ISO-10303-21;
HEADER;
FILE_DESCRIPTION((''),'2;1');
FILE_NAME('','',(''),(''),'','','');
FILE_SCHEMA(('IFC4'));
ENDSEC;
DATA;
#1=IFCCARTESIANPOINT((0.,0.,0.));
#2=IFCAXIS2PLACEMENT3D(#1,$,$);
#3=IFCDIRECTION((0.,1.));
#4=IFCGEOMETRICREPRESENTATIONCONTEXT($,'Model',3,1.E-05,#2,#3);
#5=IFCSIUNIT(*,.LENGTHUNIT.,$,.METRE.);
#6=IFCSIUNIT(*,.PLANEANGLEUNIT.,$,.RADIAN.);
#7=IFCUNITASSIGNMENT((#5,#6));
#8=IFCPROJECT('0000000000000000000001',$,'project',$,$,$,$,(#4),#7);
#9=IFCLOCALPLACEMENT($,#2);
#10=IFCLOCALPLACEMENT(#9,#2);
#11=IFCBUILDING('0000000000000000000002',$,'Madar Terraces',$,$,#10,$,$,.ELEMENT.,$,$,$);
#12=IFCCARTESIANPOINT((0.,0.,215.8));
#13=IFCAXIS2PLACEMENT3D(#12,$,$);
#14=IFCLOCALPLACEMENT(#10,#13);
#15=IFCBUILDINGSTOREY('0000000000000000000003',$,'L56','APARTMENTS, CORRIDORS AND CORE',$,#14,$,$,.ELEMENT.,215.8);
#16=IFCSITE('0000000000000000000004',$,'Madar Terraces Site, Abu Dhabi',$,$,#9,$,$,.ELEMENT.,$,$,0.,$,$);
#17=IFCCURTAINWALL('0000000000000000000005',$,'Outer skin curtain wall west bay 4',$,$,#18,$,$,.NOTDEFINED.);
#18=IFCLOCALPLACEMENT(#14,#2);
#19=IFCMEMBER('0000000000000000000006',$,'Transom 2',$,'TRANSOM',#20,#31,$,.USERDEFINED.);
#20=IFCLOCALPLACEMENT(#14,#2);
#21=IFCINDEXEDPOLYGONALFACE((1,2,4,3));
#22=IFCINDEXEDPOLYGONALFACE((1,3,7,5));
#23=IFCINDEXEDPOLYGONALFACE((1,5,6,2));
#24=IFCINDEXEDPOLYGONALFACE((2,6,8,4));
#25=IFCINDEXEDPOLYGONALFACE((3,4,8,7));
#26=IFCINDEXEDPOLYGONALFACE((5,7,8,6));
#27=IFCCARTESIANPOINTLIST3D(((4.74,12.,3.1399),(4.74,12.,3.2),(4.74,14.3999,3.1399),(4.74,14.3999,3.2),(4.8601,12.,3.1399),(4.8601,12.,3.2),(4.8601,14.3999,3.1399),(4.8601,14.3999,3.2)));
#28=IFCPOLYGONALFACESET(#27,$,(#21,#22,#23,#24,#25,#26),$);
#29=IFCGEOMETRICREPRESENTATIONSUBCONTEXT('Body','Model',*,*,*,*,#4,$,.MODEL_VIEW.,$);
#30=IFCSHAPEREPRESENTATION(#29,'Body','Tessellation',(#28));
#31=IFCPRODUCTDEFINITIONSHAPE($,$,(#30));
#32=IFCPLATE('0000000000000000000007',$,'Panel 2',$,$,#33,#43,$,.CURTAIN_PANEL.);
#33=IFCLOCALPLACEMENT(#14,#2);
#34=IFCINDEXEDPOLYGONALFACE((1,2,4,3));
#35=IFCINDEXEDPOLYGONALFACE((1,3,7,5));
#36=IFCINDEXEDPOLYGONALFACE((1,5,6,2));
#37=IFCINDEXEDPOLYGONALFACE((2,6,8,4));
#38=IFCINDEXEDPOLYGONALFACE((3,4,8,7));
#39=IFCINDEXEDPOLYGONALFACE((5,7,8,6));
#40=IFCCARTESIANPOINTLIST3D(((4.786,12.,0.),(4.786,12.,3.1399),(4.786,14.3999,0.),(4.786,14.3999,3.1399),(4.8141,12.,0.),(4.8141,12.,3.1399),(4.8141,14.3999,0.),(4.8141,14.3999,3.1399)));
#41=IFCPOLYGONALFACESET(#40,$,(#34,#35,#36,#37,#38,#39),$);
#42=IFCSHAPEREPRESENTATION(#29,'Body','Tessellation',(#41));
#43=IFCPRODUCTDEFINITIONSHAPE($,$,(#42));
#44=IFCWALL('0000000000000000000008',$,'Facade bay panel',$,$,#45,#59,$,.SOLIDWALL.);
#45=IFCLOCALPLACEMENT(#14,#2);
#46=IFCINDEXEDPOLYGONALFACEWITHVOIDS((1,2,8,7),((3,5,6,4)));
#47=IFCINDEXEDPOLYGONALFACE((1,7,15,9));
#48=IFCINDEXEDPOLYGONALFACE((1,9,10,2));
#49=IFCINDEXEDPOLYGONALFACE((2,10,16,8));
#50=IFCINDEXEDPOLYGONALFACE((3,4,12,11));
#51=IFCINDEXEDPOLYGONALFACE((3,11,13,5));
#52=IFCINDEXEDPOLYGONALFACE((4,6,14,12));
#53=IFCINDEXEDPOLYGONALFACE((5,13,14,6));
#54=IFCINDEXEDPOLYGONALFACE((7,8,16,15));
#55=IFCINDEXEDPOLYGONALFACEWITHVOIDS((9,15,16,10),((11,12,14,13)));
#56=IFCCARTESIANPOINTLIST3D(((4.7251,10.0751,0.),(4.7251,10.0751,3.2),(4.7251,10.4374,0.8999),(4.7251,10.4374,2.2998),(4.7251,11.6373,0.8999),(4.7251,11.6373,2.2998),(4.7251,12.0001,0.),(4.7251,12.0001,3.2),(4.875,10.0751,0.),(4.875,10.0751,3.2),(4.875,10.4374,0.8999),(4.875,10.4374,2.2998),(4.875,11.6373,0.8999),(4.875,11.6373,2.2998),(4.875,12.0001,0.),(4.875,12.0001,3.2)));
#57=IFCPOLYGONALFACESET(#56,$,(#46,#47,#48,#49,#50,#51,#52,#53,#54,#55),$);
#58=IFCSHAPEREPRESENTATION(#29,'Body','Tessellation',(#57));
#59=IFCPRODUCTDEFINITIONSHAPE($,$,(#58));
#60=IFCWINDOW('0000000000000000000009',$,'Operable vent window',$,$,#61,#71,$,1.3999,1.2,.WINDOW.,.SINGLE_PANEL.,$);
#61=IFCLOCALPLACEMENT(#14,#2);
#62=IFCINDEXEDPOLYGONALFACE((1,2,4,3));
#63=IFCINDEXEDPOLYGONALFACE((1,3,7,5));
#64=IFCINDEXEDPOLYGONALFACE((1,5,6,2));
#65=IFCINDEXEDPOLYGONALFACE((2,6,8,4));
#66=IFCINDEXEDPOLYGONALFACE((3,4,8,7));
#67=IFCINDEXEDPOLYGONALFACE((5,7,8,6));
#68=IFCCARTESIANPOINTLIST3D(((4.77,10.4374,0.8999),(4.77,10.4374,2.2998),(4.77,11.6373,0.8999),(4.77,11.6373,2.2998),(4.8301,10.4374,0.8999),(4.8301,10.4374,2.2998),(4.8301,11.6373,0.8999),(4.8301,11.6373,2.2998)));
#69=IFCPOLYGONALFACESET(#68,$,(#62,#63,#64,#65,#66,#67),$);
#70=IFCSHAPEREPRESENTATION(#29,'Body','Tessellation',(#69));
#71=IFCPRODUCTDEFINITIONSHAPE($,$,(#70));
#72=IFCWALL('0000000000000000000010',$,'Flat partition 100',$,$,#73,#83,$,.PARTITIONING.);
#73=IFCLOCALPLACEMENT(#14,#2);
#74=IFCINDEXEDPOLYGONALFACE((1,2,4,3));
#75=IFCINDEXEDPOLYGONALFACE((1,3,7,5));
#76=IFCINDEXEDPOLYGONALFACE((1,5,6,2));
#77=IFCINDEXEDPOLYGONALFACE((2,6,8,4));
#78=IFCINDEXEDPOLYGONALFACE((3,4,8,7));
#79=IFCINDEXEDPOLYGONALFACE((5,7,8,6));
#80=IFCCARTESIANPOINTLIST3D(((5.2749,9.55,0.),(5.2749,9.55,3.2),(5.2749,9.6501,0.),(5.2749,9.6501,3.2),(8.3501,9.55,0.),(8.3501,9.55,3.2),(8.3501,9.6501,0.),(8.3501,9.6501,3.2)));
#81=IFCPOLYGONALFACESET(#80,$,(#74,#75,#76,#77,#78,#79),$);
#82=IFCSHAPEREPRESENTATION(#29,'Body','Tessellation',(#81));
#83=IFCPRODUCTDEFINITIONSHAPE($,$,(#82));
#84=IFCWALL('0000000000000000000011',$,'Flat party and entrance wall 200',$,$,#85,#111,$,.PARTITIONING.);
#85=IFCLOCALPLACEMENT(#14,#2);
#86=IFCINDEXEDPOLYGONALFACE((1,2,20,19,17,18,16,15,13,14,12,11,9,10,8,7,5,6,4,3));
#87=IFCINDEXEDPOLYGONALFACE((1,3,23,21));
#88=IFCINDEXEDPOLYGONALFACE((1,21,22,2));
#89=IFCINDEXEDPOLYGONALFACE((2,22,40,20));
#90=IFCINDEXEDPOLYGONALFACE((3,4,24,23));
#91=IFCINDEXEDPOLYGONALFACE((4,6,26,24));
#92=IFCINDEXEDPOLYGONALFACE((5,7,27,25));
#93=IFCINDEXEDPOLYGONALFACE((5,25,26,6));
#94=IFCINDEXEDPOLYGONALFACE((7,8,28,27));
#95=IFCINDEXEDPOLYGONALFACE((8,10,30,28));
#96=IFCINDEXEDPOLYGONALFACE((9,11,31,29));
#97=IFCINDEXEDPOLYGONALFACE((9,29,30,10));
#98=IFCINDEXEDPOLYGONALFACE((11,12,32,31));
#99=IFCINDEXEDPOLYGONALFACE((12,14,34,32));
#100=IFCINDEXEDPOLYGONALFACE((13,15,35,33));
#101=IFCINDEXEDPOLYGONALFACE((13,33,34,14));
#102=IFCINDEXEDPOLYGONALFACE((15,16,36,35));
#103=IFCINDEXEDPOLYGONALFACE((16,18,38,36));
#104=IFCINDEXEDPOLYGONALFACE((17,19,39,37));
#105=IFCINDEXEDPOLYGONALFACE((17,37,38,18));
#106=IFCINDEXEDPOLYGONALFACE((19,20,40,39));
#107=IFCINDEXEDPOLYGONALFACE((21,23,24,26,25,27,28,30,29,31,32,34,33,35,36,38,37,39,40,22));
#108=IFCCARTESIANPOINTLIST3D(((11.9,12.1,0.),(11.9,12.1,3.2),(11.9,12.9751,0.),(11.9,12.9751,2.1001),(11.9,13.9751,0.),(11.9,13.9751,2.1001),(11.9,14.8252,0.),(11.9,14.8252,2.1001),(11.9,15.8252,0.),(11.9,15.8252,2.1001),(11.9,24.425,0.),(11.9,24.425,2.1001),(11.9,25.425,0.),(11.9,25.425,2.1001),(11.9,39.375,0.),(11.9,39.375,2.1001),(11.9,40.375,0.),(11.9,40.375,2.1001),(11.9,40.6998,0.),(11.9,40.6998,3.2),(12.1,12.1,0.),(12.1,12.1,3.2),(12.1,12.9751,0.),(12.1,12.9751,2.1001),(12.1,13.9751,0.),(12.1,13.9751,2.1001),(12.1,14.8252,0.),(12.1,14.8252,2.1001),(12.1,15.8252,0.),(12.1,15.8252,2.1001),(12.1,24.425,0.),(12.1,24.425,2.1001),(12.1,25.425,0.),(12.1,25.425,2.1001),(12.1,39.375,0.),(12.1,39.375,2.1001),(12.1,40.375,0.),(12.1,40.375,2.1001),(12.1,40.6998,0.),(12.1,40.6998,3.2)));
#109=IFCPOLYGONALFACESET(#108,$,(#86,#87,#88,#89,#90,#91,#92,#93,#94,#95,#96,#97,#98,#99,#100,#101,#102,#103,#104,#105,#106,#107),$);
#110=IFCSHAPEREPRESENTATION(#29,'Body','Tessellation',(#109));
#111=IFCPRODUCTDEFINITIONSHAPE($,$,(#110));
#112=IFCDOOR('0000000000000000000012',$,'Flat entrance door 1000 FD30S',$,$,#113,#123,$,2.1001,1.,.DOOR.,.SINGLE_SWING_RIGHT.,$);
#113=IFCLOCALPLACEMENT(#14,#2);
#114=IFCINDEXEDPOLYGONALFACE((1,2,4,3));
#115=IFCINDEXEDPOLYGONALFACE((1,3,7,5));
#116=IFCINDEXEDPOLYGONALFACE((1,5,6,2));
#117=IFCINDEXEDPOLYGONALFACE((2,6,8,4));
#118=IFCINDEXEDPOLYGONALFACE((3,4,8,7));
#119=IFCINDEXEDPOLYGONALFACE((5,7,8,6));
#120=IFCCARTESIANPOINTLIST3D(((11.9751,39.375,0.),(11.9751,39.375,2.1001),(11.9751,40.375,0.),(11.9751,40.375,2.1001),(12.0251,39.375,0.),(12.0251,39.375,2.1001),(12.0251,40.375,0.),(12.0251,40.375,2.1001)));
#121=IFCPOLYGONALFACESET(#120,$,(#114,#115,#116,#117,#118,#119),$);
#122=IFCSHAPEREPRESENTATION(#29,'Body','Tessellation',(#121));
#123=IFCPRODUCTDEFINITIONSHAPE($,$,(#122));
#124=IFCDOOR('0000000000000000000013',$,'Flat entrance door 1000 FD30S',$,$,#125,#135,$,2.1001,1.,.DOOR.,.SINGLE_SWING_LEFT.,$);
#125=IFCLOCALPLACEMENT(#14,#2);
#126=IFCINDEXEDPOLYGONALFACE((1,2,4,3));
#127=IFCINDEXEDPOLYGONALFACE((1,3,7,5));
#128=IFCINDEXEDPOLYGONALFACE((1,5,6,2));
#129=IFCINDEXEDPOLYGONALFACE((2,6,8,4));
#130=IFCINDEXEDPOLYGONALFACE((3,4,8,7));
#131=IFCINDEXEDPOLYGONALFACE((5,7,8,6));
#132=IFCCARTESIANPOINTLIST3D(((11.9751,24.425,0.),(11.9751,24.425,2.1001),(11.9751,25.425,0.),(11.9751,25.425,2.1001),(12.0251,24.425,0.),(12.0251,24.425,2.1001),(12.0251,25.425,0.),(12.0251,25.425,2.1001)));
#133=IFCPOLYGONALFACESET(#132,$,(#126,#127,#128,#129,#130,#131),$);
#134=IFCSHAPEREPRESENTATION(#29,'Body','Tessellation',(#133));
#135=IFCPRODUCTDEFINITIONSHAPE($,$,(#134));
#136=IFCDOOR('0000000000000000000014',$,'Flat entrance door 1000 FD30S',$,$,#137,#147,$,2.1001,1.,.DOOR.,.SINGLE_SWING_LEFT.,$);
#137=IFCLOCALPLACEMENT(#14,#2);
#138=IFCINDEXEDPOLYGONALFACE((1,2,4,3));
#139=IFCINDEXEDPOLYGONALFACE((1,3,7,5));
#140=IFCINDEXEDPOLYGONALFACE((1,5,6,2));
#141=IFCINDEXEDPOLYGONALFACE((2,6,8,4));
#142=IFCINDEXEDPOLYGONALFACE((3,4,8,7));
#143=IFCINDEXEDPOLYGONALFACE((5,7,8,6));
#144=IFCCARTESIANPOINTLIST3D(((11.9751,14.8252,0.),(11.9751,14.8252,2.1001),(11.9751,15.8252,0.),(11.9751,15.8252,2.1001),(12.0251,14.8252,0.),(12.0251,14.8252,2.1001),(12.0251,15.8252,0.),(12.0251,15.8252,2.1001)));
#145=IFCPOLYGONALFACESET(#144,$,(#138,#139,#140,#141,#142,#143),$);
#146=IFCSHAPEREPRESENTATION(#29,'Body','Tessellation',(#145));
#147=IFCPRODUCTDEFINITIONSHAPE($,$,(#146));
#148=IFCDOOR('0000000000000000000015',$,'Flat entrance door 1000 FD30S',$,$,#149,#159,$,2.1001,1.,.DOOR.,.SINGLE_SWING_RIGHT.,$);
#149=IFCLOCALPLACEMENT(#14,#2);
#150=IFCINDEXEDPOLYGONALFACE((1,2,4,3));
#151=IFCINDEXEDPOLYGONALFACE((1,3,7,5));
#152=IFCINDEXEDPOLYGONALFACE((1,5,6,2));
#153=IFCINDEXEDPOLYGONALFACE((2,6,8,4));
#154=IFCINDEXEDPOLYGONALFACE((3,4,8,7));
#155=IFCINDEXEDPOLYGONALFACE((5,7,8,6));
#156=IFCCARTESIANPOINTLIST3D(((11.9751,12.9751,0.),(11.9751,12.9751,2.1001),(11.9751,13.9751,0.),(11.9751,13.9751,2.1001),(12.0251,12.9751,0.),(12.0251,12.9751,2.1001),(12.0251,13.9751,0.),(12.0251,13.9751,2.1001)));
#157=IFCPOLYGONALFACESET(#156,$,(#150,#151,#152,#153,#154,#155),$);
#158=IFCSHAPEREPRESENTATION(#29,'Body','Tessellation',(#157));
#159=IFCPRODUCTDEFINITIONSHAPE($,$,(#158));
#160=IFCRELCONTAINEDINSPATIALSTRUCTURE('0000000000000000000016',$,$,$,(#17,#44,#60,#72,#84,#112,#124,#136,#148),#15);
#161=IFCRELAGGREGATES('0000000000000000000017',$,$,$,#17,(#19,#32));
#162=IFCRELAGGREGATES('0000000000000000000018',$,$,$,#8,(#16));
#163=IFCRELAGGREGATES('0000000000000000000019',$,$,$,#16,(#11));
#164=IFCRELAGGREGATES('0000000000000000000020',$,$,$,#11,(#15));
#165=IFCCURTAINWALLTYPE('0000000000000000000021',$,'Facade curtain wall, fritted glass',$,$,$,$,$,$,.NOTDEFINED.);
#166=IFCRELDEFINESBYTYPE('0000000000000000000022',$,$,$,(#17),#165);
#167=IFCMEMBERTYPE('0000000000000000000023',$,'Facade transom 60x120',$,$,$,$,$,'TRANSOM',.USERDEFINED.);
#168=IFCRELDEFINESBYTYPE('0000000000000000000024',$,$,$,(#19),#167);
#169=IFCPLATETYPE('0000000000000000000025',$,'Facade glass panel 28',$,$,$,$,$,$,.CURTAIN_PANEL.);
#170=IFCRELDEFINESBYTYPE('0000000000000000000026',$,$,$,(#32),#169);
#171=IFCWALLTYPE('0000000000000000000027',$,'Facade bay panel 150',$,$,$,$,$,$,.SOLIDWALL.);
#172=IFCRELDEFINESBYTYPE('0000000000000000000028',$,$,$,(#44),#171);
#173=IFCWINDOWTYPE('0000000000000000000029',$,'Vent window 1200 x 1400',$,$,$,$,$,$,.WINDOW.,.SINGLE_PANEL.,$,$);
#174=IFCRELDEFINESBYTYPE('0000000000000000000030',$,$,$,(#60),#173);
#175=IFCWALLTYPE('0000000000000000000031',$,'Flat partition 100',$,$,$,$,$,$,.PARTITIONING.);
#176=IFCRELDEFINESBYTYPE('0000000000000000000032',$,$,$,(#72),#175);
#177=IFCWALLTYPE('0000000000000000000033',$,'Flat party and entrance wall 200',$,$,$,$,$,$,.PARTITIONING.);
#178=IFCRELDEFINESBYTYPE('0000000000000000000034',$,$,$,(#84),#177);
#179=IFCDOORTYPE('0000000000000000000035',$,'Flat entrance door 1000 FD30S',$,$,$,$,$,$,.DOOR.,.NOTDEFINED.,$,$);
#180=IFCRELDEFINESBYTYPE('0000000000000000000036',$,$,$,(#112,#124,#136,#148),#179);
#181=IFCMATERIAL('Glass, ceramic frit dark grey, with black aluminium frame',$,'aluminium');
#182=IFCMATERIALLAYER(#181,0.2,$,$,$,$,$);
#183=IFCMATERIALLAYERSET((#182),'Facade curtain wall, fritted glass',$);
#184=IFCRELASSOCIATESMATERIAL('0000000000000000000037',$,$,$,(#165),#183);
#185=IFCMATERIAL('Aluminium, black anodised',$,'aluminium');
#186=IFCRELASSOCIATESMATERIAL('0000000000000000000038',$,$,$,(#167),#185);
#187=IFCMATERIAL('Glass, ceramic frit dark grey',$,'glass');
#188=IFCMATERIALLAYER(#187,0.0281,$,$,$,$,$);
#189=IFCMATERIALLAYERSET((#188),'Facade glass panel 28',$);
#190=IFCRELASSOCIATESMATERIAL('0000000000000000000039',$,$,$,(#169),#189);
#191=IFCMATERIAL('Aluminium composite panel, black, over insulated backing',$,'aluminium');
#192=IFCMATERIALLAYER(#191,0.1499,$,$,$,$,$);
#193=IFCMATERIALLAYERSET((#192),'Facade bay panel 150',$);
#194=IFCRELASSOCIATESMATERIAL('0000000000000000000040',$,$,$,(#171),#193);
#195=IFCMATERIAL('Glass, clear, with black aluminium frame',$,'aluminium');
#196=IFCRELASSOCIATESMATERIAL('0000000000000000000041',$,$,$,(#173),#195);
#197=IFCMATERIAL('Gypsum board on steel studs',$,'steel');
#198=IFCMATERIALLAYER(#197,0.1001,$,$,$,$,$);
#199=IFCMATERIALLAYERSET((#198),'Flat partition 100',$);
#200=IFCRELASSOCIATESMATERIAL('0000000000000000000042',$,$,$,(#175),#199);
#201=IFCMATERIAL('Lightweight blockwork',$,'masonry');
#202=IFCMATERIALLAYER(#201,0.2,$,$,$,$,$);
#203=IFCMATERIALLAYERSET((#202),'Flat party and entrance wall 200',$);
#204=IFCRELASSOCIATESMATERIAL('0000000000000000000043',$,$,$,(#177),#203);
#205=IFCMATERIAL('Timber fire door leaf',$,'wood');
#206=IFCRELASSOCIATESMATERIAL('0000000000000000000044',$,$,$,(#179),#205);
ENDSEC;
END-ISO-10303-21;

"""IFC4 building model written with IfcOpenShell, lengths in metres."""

from ifc_helpers import new_model, si_unit, direction, frame, frame_2d, origin, origin_2d, place, context, subcontext, project, spatial, rectangle, extrude, material, layer, layer_set, material_profile, profile_set, type_object, element, fill, aggregate, save


model = new_model("IFC4")

# Units and contexts
model_context = context("Model", 3, precision=1e-05, world=origin(), true_north=direction((0.0, 1.0)))
body_context = subcontext(model_context, "Body", "Model", "MODEL_VIEW")
ifc_project = project(units=[si_unit("LENGTHUNIT", "METRE"), si_unit("PLANEANGLEUNIT", "RADIAN")], contexts=[model_context])

# Site, building, storey
site_placement = place(None, origin())
site = spatial("IfcSite", under=ifc_project, at=site_placement, Name="Madar Terraces Site, Abu Dhabi", CompositionType="ELEMENT", RefElevation=0.0)
building_placement = place(site_placement, origin())
building = spatial("IfcBuilding", under=site, at=building_placement, Name="Madar Terraces", CompositionType="ELEMENT")
storey_placement = place(building_placement, frame((0.0, 0.0, 215.8)))
storey = spatial("IfcBuildingStorey", under=building, at=storey_placement, Name="L56", Description="APARTMENTS, CORRIDORS AND CORE", CompositionType="ELEMENT", Elevation=215.8)

# Curtain wall, member, plate
ifc_material_1 = material(Name="Glass, ceramic frit dark grey, with black aluminium frame", Category="aluminium")
ifc_layer_1 = layer(ifc_material_1, 0.2)
ifc_layer_set_1 = layer_set([ifc_layer_1], Name="Facade curtain wall, fritted glass")
curtain_wall_type = type_object("IfcCurtainWallType", Name="Facade curtain wall, fritted glass", PredefinedType="NOTDEFINED", material=ifc_layer_set_1)
curtain_wall_placement = place(storey_placement, origin())
curtain_wall = element("IfcCurtainWall", 1, at=curtain_wall_placement, inside=storey, type_object=curtain_wall_type, Name="Outer skin curtain wall west bay 4", PredefinedType="NOTDEFINED")
ifc_material_2 = material(Name="Aluminium, black anodised", Category="aluminium")
ifc_material_profile = material_profile(ifc_material_2, rectangle(XDim=0.1201, YDim=0.0601, at=origin_2d()), Name="Facade transom 60x120")
ifc_profile_set = profile_set([ifc_material_profile], Name="Aluminium, black anodised")
member_type = type_object("IfcMemberType", Name="Facade transom 60x120", ElementType="TRANSOM", PredefinedType="USERDEFINED", material=ifc_profile_set)
member_placement = place(storey_placement, frame((4.8, 14.3999, 3.1699), z_axis=(0.0, -1.0, 0.0), x_axis=(1.0, 0.0, 0.0)))
member = element("IfcMember", 2, at=member_placement, type_object=member_type, Name="Transom 2", ObjectType="TRANSOM", PredefinedType="USERDEFINED", context=body_context, shape_type="SweptSolid", body=[
    extrude(rectangle(XDim=0.1201, YDim=0.0601, at=origin_2d()), origin(), (0.0, 0.0, 1.0), 2.3999),
])
ifc_material_3 = material(Name="Glass, ceramic frit dark grey", Category="glass")
ifc_layer_2 = layer(ifc_material_3, 0.0281)
ifc_layer_set_2 = layer_set([ifc_layer_2], Name="Facade glass panel 28")
plate_type = type_object("IfcPlateType", Name="Facade glass panel 28", PredefinedType="CURTAIN_PANEL", material=ifc_layer_set_2)
plate_placement = place(storey_placement, frame((4.8, 13.2, 0.0), z_axis=(0.0, 0.0, 1.0), x_axis=(0.0, -1.0, 0.0)))
plate = element("IfcPlate", 3, at=plate_placement, type_object=plate_type, Name="Panel 2", PredefinedType="CURTAIN_PANEL", context=body_context, shape_type="SweptSolid", body=[
    extrude(rectangle(XDim=2.3999, YDim=0.0281, at=origin_2d()), origin(), (0.0, 0.0, 1.0), 3.1399),
])
aggregate(curtain_wall, [member, plate])

# Wall, opening, window
ifc_material_4 = material(Name="Aluminium composite panel, black, over insulated backing", Category="aluminium")
ifc_layer_3 = layer(ifc_material_4, 0.1499)
ifc_layer_set_3 = layer_set([ifc_layer_3], Name="Facade bay panel 150")
wall_type_1 = type_object("IfcWallType", Name="Facade bay panel 150", PredefinedType="SOLIDWALL", material=ifc_layer_set_3)
wall_1_placement = place(storey_placement, frame((4.8, 12.0, 0.0), z_axis=(0.0, 0.0, 1.0), x_axis=(0.0, -1.0, 0.0)))
wall_1 = element("IfcWall", 4, at=wall_1_placement, inside=storey, type_object=wall_type_1, Name="Facade bay panel", PredefinedType="SOLIDWALL", context=body_context, shape_type="SweptSolid", body=[
    extrude(rectangle(XDim=1.925, YDim=0.1499, at=frame_2d((0.9624, 0.0))), origin(), (0.0, 0.0, 1.0), 3.2),
])
opening_1_placement = place(wall_1_placement, frame((0.3625, 0.0, 0.8999)))
opening_1 = element("IfcOpeningElement", 5, at=opening_1_placement, cuts=wall_1, PredefinedType="OPENING", context=body_context, shape_type="SweptSolid", body=[
    extrude(rectangle(XDim=1.2, YDim=1.3999, at=frame_2d((0.6001, 0.7))), frame((0.0, 0.085, 0.0), z_axis=(0.0, -1.0, 0.0), x_axis=(1.0, 0.0, 0.0)), (0.0, 0.0, 1.0), 0.1699),
])
ifc_material_5 = material(Name="Glass, clear, with black aluminium frame", Category="aluminium")
window_type = type_object("IfcWindowType", Name="Vent window 1200 x 1400", PartitioningType="SINGLE_PANEL", PredefinedType="WINDOW", material=ifc_material_5)
window_placement = place(opening_1_placement, origin())
window = element("IfcWindow", 6, at=window_placement, inside=storey, type_object=window_type, Name="Operable vent window", OverallHeight=1.3999, OverallWidth=1.2, PartitioningType="SINGLE_PANEL", PredefinedType="WINDOW", context=body_context, shape_type="SweptSolid", body=[
    extrude(rectangle(XDim=1.2, YDim=1.3999, at=frame_2d((0.6001, 0.7))), frame((0.0, 0.03, 0.0), z_axis=(0.0, -1.0, 0.0), x_axis=(1.0, 0.0, 0.0)), (0.0, 0.0, 1.0), 0.0601),
])
fill(opening_1, window)

# Wall
ifc_material_6 = material(Name="Gypsum board on steel studs", Category="steel")
ifc_layer_4 = layer(ifc_material_6, 0.1001)
ifc_layer_set_4 = layer_set([ifc_layer_4], Name="Flat partition 100")
wall_type_2 = type_object("IfcWallType", Name="Flat partition 100", PredefinedType="PARTITIONING", material=ifc_layer_set_4)
wall_2_placement = place(storey_placement, frame((8.3501, 9.6001, 0.0), z_axis=(0.0, 0.0, 1.0), x_axis=(-1.0, 0.0, 0.0)))
element("IfcWall", 7, at=wall_2_placement, inside=storey, type_object=wall_type_2, Name="Flat partition 100", PredefinedType="PARTITIONING", context=body_context, shape_type="SweptSolid", body=[
    extrude(rectangle(XDim=3.0752, YDim=0.1001, at=frame_2d((1.5376, 0.0))), origin(), (0.0, 0.0, 1.0), 3.2),
])

# Wall, openings, doors
ifc_material_7 = material(Name="Lightweight blockwork", Category="masonry")
ifc_layer_5 = layer(ifc_material_7, 0.2)
ifc_layer_set_5 = layer_set([ifc_layer_5], Name="Flat party and entrance wall 200")
wall_type_3 = type_object("IfcWallType", Name="Flat party and entrance wall 200", PredefinedType="PARTITIONING", material=ifc_layer_set_5)
wall_3_placement = place(storey_placement, frame((12.0, 12.1001, 0.0), z_axis=(0.0, 0.0, 1.0), x_axis=(0.0, 1.0, 0.0)))
wall_3 = element("IfcWall", 8, at=wall_3_placement, inside=storey, type_object=wall_type_3, Name="Flat party and entrance wall 200", PredefinedType="PARTITIONING", context=body_context, shape_type="SweptSolid", body=[
    extrude(rectangle(XDim=28.5999, YDim=0.2, at=frame_2d((14.2998, 0.0))), origin(), (0.0, 0.0, 1.0), 3.2),
])
opening_2_placement = place(wall_3_placement, frame((27.2749, 0.0, 0.0)))
opening_2 = element("IfcOpeningElement", 9, at=opening_2_placement, cuts=wall_3, PredefinedType="OPENING", context=body_context, shape_type="SweptSolid", body=[
    extrude(rectangle(XDim=1.0, YDim=2.1001, at=frame_2d((0.5, 1.05))), frame((0.0, 0.1099, 0.0), z_axis=(0.0, -1.0, 0.0), x_axis=(1.0, 0.0, 0.0)), (0.0, 0.0, 1.0), 0.22),
])
opening_3_placement = place(wall_3_placement, frame((12.325, 0.0, 0.0)))
opening_3 = element("IfcOpeningElement", 10, at=opening_3_placement, cuts=wall_3, PredefinedType="OPENING", context=body_context, shape_type="SweptSolid", body=[
    extrude(rectangle(XDim=1.0, YDim=2.1001, at=frame_2d((0.5, 1.05))), frame((0.0, 0.1099, 0.0), z_axis=(0.0, -1.0, 0.0), x_axis=(1.0, 0.0, 0.0)), (0.0, 0.0, 1.0), 0.22),
])
opening_4_placement = place(wall_3_placement, frame((2.7251, 0.0, 0.0)))
opening_4 = element("IfcOpeningElement", 11, at=opening_4_placement, cuts=wall_3, PredefinedType="OPENING", context=body_context, shape_type="SweptSolid", body=[
    extrude(rectangle(XDim=1.0, YDim=2.1001, at=frame_2d((0.5, 1.05))), frame((0.0, 0.1099, 0.0), z_axis=(0.0, -1.0, 0.0), x_axis=(1.0, 0.0, 0.0)), (0.0, 0.0, 1.0), 0.22),
])
opening_5_placement = place(wall_3_placement, frame((0.875, 0.0, 0.0)))
opening_5 = element("IfcOpeningElement", 12, at=opening_5_placement, cuts=wall_3, PredefinedType="OPENING", context=body_context, shape_type="SweptSolid", body=[
    extrude(rectangle(XDim=1.0, YDim=2.1001, at=frame_2d((0.5, 1.05))), frame((0.0, 0.1099, 0.0), z_axis=(0.0, -1.0, 0.0), x_axis=(1.0, 0.0, 0.0)), (0.0, 0.0, 1.0), 0.22),
])
ifc_material_8 = material(Name="Timber fire door leaf", Category="wood")
door_type_1 = type_object("IfcDoorType", Name="Flat entrance door 1000 FD30S", OperationType="NOTDEFINED", PredefinedType="DOOR", material=ifc_material_8)
door_1_placement = place(opening_2_placement, origin())
door_1 = element("IfcDoor", 13, at=door_1_placement, inside=storey, type_object=door_type_1, Name="Flat entrance door 1000 FD30S", OperationType="SINGLE_SWING_RIGHT", OverallHeight=2.1001, OverallWidth=1.0, PredefinedType="DOOR", context=body_context, shape_type="SweptSolid", body=[
    extrude(rectangle(XDim=1.0, YDim=2.1001, at=frame_2d((0.5, 1.05))), frame((0.0, 0.0249, 0.0), z_axis=(0.0, -1.0, 0.0), x_axis=(1.0, 0.0, 0.0)), (0.0, 0.0, 1.0), 0.05),
])
fill(opening_2, door_1)
door_2_placement = place(opening_3_placement, origin())
door_2 = element("IfcDoor", 14, at=door_2_placement, inside=storey, type_object=door_type_1, Name="Flat entrance door 1000 FD30S", OperationType="SINGLE_SWING_LEFT", OverallHeight=2.1001, OverallWidth=1.0, PredefinedType="DOOR", context=body_context, shape_type="SweptSolid", body=[
    extrude(rectangle(XDim=1.0, YDim=2.1001, at=frame_2d((0.5, 1.05))), frame((0.0, 0.0249, 0.0), z_axis=(0.0, -1.0, 0.0), x_axis=(1.0, 0.0, 0.0)), (0.0, 0.0, 1.0), 0.05),
])
fill(opening_3, door_2)
door_3_placement = place(opening_4_placement, origin())
door_3 = element("IfcDoor", 15, at=door_3_placement, inside=storey, type_object=door_type_1, Name="Flat entrance door 1000 FD30S", OperationType="SINGLE_SWING_LEFT", OverallHeight=2.1001, OverallWidth=1.0, PredefinedType="DOOR", context=body_context, shape_type="SweptSolid", body=[
    extrude(rectangle(XDim=1.0, YDim=2.1001, at=frame_2d((0.5, 1.05))), frame((0.0, 0.0249, 0.0), z_axis=(0.0, -1.0, 0.0), x_axis=(1.0, 0.0, 0.0)), (0.0, 0.0, 1.0), 0.05),
])
fill(opening_4, door_3)
door_4_placement = place(opening_5_placement, origin())
door_4 = element("IfcDoor", 16, at=door_4_placement, inside=storey, type_object=door_type_1, Name="Flat entrance door 1000 FD30S", OperationType="SINGLE_SWING_RIGHT", OverallHeight=2.1001, OverallWidth=1.0, PredefinedType="DOOR", context=body_context, shape_type="SweptSolid", body=[
    extrude(rectangle(XDim=1.0, YDim=2.1001, at=frame_2d((0.5, 1.05))), frame((0.0, 0.0249, 0.0), z_axis=(0.0, -1.0, 0.0), x_axis=(1.0, 0.0, 0.0)), (0.0, 0.0, 1.0), 0.05),
])
fill(opening_5, door_4)

save(model, "model.ifc")
